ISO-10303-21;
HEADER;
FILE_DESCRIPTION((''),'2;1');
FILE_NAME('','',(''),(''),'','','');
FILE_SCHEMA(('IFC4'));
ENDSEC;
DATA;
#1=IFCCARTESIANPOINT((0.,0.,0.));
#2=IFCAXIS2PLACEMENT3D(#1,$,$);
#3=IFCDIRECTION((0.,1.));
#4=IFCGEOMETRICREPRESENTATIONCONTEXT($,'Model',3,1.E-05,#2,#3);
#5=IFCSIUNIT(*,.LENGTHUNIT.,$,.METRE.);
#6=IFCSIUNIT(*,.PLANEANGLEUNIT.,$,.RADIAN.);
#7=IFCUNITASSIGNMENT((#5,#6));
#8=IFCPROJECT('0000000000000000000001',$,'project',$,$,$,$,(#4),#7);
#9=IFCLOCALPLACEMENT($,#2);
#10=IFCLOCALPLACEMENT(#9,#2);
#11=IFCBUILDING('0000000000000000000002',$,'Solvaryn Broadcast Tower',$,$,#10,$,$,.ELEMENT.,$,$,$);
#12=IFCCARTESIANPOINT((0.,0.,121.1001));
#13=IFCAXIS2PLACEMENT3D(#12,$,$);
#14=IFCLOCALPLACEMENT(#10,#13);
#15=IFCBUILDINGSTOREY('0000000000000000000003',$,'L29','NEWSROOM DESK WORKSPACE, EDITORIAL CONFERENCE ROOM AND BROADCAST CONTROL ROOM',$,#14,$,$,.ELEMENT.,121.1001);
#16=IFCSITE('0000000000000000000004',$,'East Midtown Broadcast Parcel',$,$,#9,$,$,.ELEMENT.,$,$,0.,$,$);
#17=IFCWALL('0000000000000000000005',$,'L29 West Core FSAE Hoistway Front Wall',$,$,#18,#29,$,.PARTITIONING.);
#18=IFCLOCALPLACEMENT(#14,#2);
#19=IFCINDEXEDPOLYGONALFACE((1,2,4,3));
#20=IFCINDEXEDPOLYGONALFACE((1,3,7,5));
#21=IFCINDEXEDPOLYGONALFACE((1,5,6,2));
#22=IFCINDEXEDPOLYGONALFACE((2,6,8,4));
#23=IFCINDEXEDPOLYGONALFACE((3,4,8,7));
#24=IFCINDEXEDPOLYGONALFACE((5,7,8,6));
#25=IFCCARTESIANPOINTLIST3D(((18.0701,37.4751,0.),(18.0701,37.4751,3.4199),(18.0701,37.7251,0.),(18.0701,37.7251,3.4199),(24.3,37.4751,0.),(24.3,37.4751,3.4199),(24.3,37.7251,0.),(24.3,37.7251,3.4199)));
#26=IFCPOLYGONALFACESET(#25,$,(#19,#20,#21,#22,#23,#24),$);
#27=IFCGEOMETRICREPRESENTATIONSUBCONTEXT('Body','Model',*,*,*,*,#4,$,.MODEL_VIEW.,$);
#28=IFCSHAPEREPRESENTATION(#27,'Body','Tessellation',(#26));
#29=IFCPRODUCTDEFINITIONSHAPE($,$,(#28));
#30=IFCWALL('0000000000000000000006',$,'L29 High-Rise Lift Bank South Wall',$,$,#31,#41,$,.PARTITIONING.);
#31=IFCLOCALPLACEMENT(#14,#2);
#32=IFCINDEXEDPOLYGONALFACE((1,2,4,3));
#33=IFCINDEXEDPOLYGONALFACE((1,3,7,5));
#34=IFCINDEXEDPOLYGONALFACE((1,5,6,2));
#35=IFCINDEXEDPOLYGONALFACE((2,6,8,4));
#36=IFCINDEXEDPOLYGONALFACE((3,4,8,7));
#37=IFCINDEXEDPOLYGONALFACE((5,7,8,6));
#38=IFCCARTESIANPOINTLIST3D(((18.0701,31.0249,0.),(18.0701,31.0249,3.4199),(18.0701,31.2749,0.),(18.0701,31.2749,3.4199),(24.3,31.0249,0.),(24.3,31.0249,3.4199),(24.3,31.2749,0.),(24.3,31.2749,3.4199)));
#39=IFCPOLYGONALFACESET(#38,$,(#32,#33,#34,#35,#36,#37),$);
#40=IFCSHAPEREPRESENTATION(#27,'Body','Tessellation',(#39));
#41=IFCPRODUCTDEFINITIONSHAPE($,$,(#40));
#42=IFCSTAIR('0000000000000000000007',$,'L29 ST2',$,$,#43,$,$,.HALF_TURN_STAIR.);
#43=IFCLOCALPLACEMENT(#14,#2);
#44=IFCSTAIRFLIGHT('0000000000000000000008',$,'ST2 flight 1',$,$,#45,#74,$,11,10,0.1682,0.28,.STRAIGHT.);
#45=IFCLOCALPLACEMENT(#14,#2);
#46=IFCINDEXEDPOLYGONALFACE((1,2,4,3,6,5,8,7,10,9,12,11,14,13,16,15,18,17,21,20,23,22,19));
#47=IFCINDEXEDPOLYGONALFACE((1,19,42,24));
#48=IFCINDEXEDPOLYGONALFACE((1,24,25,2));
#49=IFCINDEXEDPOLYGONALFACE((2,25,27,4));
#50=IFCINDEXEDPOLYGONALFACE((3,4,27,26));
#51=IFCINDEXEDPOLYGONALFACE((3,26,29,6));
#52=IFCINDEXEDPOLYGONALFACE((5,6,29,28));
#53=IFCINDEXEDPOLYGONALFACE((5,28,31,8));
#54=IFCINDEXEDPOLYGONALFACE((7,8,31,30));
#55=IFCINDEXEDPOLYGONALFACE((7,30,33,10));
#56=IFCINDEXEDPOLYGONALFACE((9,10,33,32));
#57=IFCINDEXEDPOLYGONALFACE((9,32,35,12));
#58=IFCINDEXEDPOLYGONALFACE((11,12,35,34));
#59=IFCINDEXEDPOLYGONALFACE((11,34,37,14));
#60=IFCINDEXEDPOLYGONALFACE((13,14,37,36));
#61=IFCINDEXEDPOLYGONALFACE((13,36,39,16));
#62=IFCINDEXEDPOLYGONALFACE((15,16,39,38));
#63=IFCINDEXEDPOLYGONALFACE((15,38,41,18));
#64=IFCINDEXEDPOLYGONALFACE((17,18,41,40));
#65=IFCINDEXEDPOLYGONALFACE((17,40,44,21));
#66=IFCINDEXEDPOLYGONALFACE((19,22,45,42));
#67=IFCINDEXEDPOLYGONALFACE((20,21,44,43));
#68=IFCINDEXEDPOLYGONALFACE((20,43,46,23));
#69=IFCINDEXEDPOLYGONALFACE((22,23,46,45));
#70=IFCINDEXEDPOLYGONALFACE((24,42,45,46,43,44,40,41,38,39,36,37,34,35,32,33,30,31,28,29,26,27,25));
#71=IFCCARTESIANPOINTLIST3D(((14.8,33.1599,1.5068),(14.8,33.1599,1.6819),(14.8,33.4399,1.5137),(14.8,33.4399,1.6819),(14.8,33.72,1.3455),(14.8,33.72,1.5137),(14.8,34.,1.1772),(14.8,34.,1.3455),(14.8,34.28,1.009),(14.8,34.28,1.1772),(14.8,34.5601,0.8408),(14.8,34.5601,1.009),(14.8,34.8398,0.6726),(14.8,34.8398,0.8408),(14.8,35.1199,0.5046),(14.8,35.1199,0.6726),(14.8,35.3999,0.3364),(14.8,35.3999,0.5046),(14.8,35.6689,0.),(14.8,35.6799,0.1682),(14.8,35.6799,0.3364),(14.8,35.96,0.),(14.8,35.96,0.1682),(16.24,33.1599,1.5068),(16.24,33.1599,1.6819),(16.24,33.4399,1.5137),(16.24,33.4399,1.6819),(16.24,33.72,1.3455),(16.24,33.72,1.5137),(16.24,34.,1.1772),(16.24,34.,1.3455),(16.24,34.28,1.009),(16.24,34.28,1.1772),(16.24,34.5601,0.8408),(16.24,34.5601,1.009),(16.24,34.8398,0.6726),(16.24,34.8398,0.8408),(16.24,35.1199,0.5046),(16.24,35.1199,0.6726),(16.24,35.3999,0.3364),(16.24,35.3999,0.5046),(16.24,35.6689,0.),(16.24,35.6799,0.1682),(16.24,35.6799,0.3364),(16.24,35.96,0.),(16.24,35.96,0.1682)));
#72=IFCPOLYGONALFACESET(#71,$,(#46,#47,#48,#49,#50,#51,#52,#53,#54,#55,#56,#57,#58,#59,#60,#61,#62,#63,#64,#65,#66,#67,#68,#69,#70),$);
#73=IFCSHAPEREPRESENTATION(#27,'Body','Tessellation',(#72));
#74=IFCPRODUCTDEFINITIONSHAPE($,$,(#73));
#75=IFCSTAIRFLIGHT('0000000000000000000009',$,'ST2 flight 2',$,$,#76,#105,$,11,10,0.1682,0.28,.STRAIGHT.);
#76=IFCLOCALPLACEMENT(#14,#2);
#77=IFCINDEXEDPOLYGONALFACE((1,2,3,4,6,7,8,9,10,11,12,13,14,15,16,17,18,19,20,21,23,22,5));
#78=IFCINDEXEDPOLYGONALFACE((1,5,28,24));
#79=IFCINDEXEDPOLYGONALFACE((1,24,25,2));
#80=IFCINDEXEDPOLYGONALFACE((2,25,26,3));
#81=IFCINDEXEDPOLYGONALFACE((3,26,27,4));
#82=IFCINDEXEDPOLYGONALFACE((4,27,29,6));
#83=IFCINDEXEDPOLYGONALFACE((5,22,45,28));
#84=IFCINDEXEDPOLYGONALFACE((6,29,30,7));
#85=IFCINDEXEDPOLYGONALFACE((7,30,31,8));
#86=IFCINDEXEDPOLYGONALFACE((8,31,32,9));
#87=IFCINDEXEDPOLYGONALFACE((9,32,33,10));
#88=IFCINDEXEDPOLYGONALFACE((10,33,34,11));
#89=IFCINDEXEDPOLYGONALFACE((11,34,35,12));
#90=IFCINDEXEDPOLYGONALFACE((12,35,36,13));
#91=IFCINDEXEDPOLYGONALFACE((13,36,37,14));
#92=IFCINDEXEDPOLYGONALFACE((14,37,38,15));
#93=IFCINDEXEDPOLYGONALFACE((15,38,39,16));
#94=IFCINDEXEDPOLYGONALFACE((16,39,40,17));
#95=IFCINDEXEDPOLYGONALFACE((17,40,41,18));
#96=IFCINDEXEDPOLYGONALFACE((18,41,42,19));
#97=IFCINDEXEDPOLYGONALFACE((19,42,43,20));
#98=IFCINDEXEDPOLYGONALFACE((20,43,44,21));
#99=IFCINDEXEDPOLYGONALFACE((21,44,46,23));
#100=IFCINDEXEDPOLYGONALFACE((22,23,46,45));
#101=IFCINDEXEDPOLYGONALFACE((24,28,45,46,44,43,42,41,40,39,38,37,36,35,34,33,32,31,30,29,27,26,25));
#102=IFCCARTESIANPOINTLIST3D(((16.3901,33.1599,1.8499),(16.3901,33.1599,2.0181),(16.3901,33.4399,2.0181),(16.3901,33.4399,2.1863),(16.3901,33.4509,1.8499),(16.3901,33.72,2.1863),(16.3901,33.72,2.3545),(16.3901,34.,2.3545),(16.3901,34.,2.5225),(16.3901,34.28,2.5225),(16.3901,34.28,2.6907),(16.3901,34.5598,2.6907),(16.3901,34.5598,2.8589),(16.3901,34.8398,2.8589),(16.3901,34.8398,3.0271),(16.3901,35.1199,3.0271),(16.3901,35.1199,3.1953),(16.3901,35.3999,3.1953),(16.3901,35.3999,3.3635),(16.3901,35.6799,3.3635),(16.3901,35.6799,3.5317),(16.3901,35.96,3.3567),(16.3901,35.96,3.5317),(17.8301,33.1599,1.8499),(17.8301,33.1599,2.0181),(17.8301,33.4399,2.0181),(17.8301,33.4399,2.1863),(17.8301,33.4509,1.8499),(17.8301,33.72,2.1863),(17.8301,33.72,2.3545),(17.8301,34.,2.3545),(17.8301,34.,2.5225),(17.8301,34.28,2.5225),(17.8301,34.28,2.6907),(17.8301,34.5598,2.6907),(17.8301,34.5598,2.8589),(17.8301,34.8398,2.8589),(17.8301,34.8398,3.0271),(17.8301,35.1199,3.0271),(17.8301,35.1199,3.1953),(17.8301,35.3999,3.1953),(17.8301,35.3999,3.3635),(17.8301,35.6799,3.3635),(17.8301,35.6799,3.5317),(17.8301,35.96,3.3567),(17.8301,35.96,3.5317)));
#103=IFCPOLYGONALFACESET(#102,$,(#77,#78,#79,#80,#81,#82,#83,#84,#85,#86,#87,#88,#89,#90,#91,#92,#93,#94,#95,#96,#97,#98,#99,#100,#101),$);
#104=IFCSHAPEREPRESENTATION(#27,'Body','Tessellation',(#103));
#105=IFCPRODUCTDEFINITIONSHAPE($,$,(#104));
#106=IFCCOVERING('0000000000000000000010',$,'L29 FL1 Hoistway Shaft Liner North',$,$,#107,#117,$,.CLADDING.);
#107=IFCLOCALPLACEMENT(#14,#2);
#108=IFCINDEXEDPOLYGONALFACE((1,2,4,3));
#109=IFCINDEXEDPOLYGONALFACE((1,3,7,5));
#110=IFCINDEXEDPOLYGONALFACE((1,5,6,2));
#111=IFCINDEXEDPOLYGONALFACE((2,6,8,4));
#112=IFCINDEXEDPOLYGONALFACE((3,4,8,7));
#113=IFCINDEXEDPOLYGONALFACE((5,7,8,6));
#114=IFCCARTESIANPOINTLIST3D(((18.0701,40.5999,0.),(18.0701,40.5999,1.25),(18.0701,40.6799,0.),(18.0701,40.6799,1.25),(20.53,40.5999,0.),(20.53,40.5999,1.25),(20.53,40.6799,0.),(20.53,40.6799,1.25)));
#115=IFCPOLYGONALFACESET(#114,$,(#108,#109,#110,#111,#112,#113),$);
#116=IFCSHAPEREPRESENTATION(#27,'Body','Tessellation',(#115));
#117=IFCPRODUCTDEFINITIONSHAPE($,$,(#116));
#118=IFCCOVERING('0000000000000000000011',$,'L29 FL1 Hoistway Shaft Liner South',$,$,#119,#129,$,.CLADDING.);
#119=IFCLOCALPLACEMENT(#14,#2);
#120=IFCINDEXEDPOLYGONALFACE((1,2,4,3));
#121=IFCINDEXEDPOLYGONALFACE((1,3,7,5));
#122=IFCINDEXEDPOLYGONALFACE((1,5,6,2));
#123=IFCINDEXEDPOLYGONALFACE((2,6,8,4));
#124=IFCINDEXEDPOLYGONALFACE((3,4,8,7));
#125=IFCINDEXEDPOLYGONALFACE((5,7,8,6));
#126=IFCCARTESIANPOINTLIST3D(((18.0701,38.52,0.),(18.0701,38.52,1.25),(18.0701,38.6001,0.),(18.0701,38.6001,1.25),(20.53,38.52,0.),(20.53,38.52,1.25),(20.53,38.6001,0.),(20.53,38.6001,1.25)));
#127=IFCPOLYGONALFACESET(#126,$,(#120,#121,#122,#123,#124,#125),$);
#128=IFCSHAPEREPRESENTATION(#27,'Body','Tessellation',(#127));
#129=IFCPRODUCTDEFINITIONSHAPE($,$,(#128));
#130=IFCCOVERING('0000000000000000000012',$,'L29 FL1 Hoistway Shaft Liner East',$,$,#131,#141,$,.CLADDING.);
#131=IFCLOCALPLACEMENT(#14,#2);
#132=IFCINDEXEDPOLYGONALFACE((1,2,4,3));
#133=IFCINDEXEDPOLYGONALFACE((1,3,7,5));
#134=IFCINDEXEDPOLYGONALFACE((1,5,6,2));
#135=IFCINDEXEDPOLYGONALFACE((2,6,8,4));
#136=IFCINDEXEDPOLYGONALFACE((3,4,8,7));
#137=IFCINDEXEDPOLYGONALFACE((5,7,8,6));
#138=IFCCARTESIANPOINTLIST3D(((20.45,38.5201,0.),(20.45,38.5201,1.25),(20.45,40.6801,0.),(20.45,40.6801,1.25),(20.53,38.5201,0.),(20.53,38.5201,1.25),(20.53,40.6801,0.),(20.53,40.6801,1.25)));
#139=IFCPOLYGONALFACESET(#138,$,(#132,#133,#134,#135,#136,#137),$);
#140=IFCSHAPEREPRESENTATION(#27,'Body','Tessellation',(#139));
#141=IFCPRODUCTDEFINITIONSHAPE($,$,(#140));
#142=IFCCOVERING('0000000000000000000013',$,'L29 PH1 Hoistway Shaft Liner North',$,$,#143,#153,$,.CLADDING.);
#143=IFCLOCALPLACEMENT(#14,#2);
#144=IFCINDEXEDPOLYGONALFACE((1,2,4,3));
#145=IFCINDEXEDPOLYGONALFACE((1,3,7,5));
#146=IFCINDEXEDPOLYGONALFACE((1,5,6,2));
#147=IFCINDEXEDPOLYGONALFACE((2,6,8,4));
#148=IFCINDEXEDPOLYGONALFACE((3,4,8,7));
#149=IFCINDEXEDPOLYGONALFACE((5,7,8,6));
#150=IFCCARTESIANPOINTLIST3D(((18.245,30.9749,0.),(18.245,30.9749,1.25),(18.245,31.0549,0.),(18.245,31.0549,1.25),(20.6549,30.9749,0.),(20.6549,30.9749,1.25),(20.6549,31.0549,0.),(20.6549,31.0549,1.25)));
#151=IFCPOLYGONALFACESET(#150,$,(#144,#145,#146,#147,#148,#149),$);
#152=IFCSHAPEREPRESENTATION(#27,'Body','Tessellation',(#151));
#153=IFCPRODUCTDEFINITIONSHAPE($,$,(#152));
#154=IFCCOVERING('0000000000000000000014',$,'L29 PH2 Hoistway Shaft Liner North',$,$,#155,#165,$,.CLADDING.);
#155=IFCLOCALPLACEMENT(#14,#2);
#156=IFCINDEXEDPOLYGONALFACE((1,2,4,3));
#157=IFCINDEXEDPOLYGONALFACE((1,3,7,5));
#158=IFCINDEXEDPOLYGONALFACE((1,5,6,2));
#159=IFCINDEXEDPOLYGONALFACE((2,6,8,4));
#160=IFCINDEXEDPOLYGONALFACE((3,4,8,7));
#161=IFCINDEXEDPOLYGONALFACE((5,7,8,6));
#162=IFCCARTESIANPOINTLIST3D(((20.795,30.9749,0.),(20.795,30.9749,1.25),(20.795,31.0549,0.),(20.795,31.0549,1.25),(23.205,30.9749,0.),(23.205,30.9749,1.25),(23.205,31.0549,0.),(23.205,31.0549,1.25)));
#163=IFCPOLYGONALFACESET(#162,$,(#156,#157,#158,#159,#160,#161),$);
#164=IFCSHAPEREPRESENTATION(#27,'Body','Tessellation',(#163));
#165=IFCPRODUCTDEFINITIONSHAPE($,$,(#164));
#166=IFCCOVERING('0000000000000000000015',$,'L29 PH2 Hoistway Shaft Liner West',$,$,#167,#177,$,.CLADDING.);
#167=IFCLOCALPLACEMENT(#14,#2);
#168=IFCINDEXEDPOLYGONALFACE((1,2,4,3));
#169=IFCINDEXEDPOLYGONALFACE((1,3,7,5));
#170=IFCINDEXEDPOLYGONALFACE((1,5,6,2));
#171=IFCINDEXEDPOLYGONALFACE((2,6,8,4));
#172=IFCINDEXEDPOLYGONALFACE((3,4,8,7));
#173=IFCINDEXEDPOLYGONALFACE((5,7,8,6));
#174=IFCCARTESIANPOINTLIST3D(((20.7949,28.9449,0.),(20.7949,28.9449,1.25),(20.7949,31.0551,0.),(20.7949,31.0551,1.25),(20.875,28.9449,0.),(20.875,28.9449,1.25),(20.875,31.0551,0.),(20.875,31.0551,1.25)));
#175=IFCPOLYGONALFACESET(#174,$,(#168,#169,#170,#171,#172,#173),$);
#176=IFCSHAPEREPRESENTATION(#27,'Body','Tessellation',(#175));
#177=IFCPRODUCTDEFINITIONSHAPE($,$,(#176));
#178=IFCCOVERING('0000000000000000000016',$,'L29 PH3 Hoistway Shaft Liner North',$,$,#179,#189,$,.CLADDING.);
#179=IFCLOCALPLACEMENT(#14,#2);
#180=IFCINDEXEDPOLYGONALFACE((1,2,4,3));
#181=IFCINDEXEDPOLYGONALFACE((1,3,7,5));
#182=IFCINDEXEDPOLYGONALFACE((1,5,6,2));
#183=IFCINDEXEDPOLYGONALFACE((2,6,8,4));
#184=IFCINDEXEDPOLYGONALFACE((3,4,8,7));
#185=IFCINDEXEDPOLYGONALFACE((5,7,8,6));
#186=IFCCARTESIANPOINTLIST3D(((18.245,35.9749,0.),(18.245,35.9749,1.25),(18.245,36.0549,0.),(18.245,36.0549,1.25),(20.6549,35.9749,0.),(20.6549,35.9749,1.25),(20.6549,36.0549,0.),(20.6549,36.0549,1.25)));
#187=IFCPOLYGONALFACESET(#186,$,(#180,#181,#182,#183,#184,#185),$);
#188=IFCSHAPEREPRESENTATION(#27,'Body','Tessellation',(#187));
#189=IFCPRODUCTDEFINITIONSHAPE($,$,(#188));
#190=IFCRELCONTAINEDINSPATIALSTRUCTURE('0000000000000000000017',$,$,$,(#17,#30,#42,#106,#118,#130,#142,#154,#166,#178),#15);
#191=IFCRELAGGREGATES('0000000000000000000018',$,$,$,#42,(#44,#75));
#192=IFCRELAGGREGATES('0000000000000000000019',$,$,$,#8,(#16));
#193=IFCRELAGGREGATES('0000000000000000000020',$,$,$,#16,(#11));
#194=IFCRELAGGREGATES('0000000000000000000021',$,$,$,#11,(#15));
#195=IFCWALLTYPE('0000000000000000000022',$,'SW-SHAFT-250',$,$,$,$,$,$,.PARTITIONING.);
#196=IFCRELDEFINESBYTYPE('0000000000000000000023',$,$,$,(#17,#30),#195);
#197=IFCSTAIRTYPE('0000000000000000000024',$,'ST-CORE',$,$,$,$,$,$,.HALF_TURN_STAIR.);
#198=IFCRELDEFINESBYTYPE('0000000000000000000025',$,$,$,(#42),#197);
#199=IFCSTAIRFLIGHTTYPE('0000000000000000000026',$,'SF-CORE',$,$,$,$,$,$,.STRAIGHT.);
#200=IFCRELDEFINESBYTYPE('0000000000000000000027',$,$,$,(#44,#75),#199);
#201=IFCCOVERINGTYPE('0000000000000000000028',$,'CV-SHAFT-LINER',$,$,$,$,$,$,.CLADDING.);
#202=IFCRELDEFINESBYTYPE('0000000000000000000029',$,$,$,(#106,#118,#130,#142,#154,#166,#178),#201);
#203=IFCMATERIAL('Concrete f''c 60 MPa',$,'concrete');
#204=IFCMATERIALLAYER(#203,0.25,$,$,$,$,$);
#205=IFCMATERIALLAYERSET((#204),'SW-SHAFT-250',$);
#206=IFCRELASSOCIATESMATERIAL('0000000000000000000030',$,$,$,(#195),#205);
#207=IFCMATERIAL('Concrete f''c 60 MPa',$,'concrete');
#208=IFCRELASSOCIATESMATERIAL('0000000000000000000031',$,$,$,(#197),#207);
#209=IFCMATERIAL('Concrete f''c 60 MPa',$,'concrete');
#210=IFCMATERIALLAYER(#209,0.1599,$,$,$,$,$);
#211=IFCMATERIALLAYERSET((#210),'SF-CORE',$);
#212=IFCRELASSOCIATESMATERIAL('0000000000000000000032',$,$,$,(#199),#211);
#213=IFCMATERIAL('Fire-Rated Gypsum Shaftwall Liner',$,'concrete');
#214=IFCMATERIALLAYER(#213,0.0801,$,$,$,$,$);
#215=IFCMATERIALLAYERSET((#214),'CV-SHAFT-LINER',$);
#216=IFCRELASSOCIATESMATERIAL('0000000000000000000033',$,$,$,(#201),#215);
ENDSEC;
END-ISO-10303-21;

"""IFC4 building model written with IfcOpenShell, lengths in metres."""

from ifc_helpers import new_model, si_unit, direction, frame, frame_2d, origin, origin_2d, place, context, subcontext, project, spatial, polyline, rectangle, outline, extrude, material, layer, layer_set, type_object, element, aggregate, save


model = new_model("IFC4")

# Units and contexts
model_context = context("Model", 3, precision=1e-05, world=origin(), true_north=direction((0.0, 1.0)))
body_context = subcontext(model_context, "Body", "Model", "MODEL_VIEW")
ifc_project = project(units=[si_unit("LENGTHUNIT", "METRE"), si_unit("PLANEANGLEUNIT", "RADIAN")], contexts=[model_context])

# Site, building, storey
site_placement = place(None, origin())
site = spatial("IfcSite", under=ifc_project, at=site_placement, Name="East Midtown Broadcast Parcel", CompositionType="ELEMENT", RefElevation=0.0)
building_placement = place(site_placement, origin())
building = spatial("IfcBuilding", under=site, at=building_placement, Name="Solvaryn Broadcast Tower", CompositionType="ELEMENT")
storey_placement = place(building_placement, frame((0.0, 0.0, 121.1001)))
storey = spatial("IfcBuildingStorey", under=building, at=storey_placement, Name="L29", Description="NEWSROOM DESK WORKSPACE, EDITORIAL CONFERENCE ROOM AND BROADCAST CONTROL ROOM", CompositionType="ELEMENT", Elevation=121.1001)

# Walls
ifc_material_1 = material(Name="Concrete f'c 60 MPa", Category="concrete")
ifc_layer_1 = layer(ifc_material_1, 0.25)
ifc_layer_set_1 = layer_set([ifc_layer_1], Name="SW-SHAFT-250")
wall_type_1 = type_object("IfcWallType", Name="SW-SHAFT-250", PredefinedType="PARTITIONING", material=ifc_layer_set_1)
for number, where, z_axis, x_axis, name in (
    (1, (18.0701, 37.6001, 0.0), (0.0, 0.0, 1.0), (1.0, 0.0, 0.0), "L29 West Core FSAE Hoistway Front Wall"),
    (2, (18.0701, 31.1499, 0.0), (0.0, 0.0, 1.0), (1.0, 0.0, 0.0), "L29 High-Rise Lift Bank South Wall"),
):
    element("IfcWall", number, at=place(storey_placement, frame(where, z_axis=z_axis, x_axis=x_axis)), inside=storey, type_object=wall_type_1, Name=name, PredefinedType="PARTITIONING", context=body_context, shape_type="SweptSolid", body=[
        extrude(rectangle(XDim=6.23, YDim=0.25, at=frame_2d((3.115, 0.0))), origin(), (0.0, 0.0, 1.0), 3.4199),
    ])

# Stair, stair flights
ifc_material_2 = material(Name="Concrete f'c 60 MPa", Category="concrete")
stair_type = type_object("IfcStairType", Name="ST-CORE", PredefinedType="HALF_TURN_STAIR", material=ifc_material_2)
stair_placement = place(storey_placement, origin())
stair = element("IfcStair", 3, at=stair_placement, inside=storey, type_object=stair_type, Name="L29 ST2", PredefinedType="HALF_TURN_STAIR")
ifc_material_3 = material(Name="Concrete f'c 60 MPa", Category="concrete")
ifc_layer_2 = layer(ifc_material_3, 0.1599)
ifc_layer_set_2 = layer_set([ifc_layer_2], Name="SF-CORE")
stair_flight_type = type_object("IfcStairFlightType", Name="SF-CORE", PredefinedType="STRAIGHT", material=ifc_layer_set_2)
stair_flight_1_placement = place(storey_placement, frame((15.52, 35.96, 0.0), z_axis=(0.0, 0.0, 1.0), x_axis=(0.0, -1.0, 0.0)))
stair_flight_1 = element("IfcStairFlight", 4, at=stair_flight_1_placement, type_object=stair_flight_type, Name="ST2 flight 1", NumberOfRisers=11, NumberOfTreads=10, PredefinedType="STRAIGHT", RiserHeight=0.1682, TreadLength=0.28, context=body_context, shape_type="SweptSolid", body=[
    extrude(outline(polyline([(0.0, 0.0), (0.0, 0.1682), (0.28, 0.1682), (0.28, 0.3364), (0.5601, 0.3364), (0.5601, 0.5046), (0.8401, 0.5046), (0.8401, 0.6726), (1.1201, 0.6726), (1.1201, 0.8408), (1.3999, 0.8408), (1.3999, 1.009), (1.6799, 1.009), (1.6799, 1.1772), (1.96, 1.1772), (1.96, 1.3455), (2.24, 1.3455), (2.24, 1.5137), (2.52, 1.5137), (2.52, 1.6819), (2.8, 1.6819), (2.8, 1.8501), (2.8, 1.5068), (0.291, 0.0), (0.0, 0.0)])), frame((0.0, 0.72, 0.0), z_axis=(0.0, -1.0, 0.0), x_axis=(1.0, 0.0, 0.0)), (0.0, 0.0, 1.0), 1.4399),
])
stair_flight_2_placement = place(storey_placement, frame((17.1101, 33.1599, 1.8499), z_axis=(0.0, 0.0, 1.0), x_axis=(0.0, 1.0, 0.0)))
stair_flight_2 = element("IfcStairFlight", 5, at=stair_flight_2_placement, type_object=stair_flight_type, Name="ST2 flight 2", NumberOfRisers=11, NumberOfTreads=10, PredefinedType="STRAIGHT", RiserHeight=0.1682, TreadLength=0.28, context=body_context, shape_type="SweptSolid", body=[
    extrude(outline(polyline([(0.0, 0.0), (0.0, 0.1682), (0.28, 0.1682), (0.28, 0.3364), (0.5601, 0.3364), (0.5601, 0.5046), (0.8401, 0.5046), (0.8401, 0.6726), (1.1201, 0.6726), (1.1201, 0.8408), (1.3999, 0.8408), (1.3999, 1.009), (1.6799, 1.009), (1.6799, 1.1772), (1.96, 1.1772), (1.96, 1.3455), (2.24, 1.3455), (2.24, 1.5137), (2.52, 1.5137), (2.52, 1.6819), (2.8, 1.6819), (2.8, 1.8501), (2.8, 1.5068), (0.291, 0.0), (0.0, 0.0)])), frame((0.0, 0.72, 0.0), z_axis=(0.0, -1.0, 0.0), x_axis=(1.0, 0.0, 0.0)), (0.0, 0.0, 1.0), 1.4399),
])
aggregate(stair, [stair_flight_1, stair_flight_2])

# Coverings
ifc_material_4 = material(Name="Fire-Rated Gypsum Shaftwall Liner", Category="concrete")
ifc_layer_3 = layer(ifc_material_4, 0.0801)
ifc_layer_set_3 = layer_set([ifc_layer_3], Name="CV-SHAFT-LINER")
covering_type = type_object("IfcCoveringType", Name="CV-SHAFT-LINER", PredefinedType="CLADDING", material=ifc_layer_set_3)
for number, where, z_axis, x_axis, name in (
    (6, (19.3, 40.6399, 0.0), (0.0, 0.0, 1.0), (1.0, 0.0, 0.0), "L29 FL1 Hoistway Shaft Liner North"),
    (7, (19.3, 38.5601, 0.0), (0.0, 0.0, 1.0), (1.0, 0.0, 0.0), "L29 FL1 Hoistway Shaft Liner South"),
):
    element("IfcCovering", number, at=place(storey_placement, frame(where, z_axis=z_axis, x_axis=x_axis)), inside=storey, type_object=covering_type, Name=name, PredefinedType="CLADDING", context=body_context, shape_type="SweptSolid", body=[
        extrude(rectangle(XDim=2.46, YDim=0.0801, at=origin_2d()), origin(), (0.0, 0.0, 1.0), 1.25),
    ])
covering_1_placement = place(storey_placement, frame((20.49, 39.6001, 0.0), z_axis=(0.0, 0.0, 1.0), x_axis=(1.0, 0.0, 0.0)))
element("IfcCovering", 8, at=covering_1_placement, inside=storey, type_object=covering_type, Name="L29 FL1 Hoistway Shaft Liner East", PredefinedType="CLADDING", context=body_context, shape_type="SweptSolid", body=[
    extrude(rectangle(XDim=0.0801, YDim=2.1599, at=origin_2d()), origin(), (0.0, 0.0, 1.0), 1.25),
])
for number, where, z_axis, x_axis, name in (
    (9, (19.45, 31.0149, 0.0), (0.0, 0.0, 1.0), (1.0, 0.0, 0.0), "L29 PH1 Hoistway Shaft Liner North"),
    (10, (22.0, 31.0149, 0.0), (0.0, 0.0, 1.0), (1.0, 0.0, 0.0), "L29 PH2 Hoistway Shaft Liner North"),
):
    element("IfcCovering", number, at=place(storey_placement, frame(where, z_axis=z_axis, x_axis=x_axis)), inside=storey, type_object=covering_type, Name=name, PredefinedType="CLADDING", context=body_context, shape_type="SweptSolid", body=[
        extrude(rectangle(XDim=2.4099, YDim=0.0801, at=origin_2d()), origin(), (0.0, 0.0, 1.0), 1.25),
    ])
covering_2_placement = place(storey_placement, frame((20.835, 30.0, 0.0), z_axis=(0.0, 0.0, 1.0), x_axis=(1.0, 0.0, 0.0)))
element("IfcCovering", 11, at=covering_2_placement, inside=storey, type_object=covering_type, Name="L29 PH2 Hoistway Shaft Liner West", PredefinedType="CLADDING", context=body_context, shape_type="SweptSolid", body=[
    extrude(rectangle(XDim=0.0801, YDim=2.1101, at=origin_2d()), origin(), (0.0, 0.0, 1.0), 1.25),
])
for number, where, z_axis, x_axis, name in (
    (12, (19.45, 36.0149, 0.0), (0.0, 0.0, 1.0), (1.0, 0.0, 0.0), "L29 PH3 Hoistway Shaft Liner North"),
):
    element("IfcCovering", number, at=place(storey_placement, frame(where, z_axis=z_axis, x_axis=x_axis)), inside=storey, type_object=covering_type, Name=name, PredefinedType="CLADDING", context=body_context, shape_type="SweptSolid", body=[
        extrude(rectangle(XDim=2.4099, YDim=0.0801, at=origin_2d()), origin(), (0.0, 0.0, 1.0), 1.25),
    ])

save(model, "model.ifc")
